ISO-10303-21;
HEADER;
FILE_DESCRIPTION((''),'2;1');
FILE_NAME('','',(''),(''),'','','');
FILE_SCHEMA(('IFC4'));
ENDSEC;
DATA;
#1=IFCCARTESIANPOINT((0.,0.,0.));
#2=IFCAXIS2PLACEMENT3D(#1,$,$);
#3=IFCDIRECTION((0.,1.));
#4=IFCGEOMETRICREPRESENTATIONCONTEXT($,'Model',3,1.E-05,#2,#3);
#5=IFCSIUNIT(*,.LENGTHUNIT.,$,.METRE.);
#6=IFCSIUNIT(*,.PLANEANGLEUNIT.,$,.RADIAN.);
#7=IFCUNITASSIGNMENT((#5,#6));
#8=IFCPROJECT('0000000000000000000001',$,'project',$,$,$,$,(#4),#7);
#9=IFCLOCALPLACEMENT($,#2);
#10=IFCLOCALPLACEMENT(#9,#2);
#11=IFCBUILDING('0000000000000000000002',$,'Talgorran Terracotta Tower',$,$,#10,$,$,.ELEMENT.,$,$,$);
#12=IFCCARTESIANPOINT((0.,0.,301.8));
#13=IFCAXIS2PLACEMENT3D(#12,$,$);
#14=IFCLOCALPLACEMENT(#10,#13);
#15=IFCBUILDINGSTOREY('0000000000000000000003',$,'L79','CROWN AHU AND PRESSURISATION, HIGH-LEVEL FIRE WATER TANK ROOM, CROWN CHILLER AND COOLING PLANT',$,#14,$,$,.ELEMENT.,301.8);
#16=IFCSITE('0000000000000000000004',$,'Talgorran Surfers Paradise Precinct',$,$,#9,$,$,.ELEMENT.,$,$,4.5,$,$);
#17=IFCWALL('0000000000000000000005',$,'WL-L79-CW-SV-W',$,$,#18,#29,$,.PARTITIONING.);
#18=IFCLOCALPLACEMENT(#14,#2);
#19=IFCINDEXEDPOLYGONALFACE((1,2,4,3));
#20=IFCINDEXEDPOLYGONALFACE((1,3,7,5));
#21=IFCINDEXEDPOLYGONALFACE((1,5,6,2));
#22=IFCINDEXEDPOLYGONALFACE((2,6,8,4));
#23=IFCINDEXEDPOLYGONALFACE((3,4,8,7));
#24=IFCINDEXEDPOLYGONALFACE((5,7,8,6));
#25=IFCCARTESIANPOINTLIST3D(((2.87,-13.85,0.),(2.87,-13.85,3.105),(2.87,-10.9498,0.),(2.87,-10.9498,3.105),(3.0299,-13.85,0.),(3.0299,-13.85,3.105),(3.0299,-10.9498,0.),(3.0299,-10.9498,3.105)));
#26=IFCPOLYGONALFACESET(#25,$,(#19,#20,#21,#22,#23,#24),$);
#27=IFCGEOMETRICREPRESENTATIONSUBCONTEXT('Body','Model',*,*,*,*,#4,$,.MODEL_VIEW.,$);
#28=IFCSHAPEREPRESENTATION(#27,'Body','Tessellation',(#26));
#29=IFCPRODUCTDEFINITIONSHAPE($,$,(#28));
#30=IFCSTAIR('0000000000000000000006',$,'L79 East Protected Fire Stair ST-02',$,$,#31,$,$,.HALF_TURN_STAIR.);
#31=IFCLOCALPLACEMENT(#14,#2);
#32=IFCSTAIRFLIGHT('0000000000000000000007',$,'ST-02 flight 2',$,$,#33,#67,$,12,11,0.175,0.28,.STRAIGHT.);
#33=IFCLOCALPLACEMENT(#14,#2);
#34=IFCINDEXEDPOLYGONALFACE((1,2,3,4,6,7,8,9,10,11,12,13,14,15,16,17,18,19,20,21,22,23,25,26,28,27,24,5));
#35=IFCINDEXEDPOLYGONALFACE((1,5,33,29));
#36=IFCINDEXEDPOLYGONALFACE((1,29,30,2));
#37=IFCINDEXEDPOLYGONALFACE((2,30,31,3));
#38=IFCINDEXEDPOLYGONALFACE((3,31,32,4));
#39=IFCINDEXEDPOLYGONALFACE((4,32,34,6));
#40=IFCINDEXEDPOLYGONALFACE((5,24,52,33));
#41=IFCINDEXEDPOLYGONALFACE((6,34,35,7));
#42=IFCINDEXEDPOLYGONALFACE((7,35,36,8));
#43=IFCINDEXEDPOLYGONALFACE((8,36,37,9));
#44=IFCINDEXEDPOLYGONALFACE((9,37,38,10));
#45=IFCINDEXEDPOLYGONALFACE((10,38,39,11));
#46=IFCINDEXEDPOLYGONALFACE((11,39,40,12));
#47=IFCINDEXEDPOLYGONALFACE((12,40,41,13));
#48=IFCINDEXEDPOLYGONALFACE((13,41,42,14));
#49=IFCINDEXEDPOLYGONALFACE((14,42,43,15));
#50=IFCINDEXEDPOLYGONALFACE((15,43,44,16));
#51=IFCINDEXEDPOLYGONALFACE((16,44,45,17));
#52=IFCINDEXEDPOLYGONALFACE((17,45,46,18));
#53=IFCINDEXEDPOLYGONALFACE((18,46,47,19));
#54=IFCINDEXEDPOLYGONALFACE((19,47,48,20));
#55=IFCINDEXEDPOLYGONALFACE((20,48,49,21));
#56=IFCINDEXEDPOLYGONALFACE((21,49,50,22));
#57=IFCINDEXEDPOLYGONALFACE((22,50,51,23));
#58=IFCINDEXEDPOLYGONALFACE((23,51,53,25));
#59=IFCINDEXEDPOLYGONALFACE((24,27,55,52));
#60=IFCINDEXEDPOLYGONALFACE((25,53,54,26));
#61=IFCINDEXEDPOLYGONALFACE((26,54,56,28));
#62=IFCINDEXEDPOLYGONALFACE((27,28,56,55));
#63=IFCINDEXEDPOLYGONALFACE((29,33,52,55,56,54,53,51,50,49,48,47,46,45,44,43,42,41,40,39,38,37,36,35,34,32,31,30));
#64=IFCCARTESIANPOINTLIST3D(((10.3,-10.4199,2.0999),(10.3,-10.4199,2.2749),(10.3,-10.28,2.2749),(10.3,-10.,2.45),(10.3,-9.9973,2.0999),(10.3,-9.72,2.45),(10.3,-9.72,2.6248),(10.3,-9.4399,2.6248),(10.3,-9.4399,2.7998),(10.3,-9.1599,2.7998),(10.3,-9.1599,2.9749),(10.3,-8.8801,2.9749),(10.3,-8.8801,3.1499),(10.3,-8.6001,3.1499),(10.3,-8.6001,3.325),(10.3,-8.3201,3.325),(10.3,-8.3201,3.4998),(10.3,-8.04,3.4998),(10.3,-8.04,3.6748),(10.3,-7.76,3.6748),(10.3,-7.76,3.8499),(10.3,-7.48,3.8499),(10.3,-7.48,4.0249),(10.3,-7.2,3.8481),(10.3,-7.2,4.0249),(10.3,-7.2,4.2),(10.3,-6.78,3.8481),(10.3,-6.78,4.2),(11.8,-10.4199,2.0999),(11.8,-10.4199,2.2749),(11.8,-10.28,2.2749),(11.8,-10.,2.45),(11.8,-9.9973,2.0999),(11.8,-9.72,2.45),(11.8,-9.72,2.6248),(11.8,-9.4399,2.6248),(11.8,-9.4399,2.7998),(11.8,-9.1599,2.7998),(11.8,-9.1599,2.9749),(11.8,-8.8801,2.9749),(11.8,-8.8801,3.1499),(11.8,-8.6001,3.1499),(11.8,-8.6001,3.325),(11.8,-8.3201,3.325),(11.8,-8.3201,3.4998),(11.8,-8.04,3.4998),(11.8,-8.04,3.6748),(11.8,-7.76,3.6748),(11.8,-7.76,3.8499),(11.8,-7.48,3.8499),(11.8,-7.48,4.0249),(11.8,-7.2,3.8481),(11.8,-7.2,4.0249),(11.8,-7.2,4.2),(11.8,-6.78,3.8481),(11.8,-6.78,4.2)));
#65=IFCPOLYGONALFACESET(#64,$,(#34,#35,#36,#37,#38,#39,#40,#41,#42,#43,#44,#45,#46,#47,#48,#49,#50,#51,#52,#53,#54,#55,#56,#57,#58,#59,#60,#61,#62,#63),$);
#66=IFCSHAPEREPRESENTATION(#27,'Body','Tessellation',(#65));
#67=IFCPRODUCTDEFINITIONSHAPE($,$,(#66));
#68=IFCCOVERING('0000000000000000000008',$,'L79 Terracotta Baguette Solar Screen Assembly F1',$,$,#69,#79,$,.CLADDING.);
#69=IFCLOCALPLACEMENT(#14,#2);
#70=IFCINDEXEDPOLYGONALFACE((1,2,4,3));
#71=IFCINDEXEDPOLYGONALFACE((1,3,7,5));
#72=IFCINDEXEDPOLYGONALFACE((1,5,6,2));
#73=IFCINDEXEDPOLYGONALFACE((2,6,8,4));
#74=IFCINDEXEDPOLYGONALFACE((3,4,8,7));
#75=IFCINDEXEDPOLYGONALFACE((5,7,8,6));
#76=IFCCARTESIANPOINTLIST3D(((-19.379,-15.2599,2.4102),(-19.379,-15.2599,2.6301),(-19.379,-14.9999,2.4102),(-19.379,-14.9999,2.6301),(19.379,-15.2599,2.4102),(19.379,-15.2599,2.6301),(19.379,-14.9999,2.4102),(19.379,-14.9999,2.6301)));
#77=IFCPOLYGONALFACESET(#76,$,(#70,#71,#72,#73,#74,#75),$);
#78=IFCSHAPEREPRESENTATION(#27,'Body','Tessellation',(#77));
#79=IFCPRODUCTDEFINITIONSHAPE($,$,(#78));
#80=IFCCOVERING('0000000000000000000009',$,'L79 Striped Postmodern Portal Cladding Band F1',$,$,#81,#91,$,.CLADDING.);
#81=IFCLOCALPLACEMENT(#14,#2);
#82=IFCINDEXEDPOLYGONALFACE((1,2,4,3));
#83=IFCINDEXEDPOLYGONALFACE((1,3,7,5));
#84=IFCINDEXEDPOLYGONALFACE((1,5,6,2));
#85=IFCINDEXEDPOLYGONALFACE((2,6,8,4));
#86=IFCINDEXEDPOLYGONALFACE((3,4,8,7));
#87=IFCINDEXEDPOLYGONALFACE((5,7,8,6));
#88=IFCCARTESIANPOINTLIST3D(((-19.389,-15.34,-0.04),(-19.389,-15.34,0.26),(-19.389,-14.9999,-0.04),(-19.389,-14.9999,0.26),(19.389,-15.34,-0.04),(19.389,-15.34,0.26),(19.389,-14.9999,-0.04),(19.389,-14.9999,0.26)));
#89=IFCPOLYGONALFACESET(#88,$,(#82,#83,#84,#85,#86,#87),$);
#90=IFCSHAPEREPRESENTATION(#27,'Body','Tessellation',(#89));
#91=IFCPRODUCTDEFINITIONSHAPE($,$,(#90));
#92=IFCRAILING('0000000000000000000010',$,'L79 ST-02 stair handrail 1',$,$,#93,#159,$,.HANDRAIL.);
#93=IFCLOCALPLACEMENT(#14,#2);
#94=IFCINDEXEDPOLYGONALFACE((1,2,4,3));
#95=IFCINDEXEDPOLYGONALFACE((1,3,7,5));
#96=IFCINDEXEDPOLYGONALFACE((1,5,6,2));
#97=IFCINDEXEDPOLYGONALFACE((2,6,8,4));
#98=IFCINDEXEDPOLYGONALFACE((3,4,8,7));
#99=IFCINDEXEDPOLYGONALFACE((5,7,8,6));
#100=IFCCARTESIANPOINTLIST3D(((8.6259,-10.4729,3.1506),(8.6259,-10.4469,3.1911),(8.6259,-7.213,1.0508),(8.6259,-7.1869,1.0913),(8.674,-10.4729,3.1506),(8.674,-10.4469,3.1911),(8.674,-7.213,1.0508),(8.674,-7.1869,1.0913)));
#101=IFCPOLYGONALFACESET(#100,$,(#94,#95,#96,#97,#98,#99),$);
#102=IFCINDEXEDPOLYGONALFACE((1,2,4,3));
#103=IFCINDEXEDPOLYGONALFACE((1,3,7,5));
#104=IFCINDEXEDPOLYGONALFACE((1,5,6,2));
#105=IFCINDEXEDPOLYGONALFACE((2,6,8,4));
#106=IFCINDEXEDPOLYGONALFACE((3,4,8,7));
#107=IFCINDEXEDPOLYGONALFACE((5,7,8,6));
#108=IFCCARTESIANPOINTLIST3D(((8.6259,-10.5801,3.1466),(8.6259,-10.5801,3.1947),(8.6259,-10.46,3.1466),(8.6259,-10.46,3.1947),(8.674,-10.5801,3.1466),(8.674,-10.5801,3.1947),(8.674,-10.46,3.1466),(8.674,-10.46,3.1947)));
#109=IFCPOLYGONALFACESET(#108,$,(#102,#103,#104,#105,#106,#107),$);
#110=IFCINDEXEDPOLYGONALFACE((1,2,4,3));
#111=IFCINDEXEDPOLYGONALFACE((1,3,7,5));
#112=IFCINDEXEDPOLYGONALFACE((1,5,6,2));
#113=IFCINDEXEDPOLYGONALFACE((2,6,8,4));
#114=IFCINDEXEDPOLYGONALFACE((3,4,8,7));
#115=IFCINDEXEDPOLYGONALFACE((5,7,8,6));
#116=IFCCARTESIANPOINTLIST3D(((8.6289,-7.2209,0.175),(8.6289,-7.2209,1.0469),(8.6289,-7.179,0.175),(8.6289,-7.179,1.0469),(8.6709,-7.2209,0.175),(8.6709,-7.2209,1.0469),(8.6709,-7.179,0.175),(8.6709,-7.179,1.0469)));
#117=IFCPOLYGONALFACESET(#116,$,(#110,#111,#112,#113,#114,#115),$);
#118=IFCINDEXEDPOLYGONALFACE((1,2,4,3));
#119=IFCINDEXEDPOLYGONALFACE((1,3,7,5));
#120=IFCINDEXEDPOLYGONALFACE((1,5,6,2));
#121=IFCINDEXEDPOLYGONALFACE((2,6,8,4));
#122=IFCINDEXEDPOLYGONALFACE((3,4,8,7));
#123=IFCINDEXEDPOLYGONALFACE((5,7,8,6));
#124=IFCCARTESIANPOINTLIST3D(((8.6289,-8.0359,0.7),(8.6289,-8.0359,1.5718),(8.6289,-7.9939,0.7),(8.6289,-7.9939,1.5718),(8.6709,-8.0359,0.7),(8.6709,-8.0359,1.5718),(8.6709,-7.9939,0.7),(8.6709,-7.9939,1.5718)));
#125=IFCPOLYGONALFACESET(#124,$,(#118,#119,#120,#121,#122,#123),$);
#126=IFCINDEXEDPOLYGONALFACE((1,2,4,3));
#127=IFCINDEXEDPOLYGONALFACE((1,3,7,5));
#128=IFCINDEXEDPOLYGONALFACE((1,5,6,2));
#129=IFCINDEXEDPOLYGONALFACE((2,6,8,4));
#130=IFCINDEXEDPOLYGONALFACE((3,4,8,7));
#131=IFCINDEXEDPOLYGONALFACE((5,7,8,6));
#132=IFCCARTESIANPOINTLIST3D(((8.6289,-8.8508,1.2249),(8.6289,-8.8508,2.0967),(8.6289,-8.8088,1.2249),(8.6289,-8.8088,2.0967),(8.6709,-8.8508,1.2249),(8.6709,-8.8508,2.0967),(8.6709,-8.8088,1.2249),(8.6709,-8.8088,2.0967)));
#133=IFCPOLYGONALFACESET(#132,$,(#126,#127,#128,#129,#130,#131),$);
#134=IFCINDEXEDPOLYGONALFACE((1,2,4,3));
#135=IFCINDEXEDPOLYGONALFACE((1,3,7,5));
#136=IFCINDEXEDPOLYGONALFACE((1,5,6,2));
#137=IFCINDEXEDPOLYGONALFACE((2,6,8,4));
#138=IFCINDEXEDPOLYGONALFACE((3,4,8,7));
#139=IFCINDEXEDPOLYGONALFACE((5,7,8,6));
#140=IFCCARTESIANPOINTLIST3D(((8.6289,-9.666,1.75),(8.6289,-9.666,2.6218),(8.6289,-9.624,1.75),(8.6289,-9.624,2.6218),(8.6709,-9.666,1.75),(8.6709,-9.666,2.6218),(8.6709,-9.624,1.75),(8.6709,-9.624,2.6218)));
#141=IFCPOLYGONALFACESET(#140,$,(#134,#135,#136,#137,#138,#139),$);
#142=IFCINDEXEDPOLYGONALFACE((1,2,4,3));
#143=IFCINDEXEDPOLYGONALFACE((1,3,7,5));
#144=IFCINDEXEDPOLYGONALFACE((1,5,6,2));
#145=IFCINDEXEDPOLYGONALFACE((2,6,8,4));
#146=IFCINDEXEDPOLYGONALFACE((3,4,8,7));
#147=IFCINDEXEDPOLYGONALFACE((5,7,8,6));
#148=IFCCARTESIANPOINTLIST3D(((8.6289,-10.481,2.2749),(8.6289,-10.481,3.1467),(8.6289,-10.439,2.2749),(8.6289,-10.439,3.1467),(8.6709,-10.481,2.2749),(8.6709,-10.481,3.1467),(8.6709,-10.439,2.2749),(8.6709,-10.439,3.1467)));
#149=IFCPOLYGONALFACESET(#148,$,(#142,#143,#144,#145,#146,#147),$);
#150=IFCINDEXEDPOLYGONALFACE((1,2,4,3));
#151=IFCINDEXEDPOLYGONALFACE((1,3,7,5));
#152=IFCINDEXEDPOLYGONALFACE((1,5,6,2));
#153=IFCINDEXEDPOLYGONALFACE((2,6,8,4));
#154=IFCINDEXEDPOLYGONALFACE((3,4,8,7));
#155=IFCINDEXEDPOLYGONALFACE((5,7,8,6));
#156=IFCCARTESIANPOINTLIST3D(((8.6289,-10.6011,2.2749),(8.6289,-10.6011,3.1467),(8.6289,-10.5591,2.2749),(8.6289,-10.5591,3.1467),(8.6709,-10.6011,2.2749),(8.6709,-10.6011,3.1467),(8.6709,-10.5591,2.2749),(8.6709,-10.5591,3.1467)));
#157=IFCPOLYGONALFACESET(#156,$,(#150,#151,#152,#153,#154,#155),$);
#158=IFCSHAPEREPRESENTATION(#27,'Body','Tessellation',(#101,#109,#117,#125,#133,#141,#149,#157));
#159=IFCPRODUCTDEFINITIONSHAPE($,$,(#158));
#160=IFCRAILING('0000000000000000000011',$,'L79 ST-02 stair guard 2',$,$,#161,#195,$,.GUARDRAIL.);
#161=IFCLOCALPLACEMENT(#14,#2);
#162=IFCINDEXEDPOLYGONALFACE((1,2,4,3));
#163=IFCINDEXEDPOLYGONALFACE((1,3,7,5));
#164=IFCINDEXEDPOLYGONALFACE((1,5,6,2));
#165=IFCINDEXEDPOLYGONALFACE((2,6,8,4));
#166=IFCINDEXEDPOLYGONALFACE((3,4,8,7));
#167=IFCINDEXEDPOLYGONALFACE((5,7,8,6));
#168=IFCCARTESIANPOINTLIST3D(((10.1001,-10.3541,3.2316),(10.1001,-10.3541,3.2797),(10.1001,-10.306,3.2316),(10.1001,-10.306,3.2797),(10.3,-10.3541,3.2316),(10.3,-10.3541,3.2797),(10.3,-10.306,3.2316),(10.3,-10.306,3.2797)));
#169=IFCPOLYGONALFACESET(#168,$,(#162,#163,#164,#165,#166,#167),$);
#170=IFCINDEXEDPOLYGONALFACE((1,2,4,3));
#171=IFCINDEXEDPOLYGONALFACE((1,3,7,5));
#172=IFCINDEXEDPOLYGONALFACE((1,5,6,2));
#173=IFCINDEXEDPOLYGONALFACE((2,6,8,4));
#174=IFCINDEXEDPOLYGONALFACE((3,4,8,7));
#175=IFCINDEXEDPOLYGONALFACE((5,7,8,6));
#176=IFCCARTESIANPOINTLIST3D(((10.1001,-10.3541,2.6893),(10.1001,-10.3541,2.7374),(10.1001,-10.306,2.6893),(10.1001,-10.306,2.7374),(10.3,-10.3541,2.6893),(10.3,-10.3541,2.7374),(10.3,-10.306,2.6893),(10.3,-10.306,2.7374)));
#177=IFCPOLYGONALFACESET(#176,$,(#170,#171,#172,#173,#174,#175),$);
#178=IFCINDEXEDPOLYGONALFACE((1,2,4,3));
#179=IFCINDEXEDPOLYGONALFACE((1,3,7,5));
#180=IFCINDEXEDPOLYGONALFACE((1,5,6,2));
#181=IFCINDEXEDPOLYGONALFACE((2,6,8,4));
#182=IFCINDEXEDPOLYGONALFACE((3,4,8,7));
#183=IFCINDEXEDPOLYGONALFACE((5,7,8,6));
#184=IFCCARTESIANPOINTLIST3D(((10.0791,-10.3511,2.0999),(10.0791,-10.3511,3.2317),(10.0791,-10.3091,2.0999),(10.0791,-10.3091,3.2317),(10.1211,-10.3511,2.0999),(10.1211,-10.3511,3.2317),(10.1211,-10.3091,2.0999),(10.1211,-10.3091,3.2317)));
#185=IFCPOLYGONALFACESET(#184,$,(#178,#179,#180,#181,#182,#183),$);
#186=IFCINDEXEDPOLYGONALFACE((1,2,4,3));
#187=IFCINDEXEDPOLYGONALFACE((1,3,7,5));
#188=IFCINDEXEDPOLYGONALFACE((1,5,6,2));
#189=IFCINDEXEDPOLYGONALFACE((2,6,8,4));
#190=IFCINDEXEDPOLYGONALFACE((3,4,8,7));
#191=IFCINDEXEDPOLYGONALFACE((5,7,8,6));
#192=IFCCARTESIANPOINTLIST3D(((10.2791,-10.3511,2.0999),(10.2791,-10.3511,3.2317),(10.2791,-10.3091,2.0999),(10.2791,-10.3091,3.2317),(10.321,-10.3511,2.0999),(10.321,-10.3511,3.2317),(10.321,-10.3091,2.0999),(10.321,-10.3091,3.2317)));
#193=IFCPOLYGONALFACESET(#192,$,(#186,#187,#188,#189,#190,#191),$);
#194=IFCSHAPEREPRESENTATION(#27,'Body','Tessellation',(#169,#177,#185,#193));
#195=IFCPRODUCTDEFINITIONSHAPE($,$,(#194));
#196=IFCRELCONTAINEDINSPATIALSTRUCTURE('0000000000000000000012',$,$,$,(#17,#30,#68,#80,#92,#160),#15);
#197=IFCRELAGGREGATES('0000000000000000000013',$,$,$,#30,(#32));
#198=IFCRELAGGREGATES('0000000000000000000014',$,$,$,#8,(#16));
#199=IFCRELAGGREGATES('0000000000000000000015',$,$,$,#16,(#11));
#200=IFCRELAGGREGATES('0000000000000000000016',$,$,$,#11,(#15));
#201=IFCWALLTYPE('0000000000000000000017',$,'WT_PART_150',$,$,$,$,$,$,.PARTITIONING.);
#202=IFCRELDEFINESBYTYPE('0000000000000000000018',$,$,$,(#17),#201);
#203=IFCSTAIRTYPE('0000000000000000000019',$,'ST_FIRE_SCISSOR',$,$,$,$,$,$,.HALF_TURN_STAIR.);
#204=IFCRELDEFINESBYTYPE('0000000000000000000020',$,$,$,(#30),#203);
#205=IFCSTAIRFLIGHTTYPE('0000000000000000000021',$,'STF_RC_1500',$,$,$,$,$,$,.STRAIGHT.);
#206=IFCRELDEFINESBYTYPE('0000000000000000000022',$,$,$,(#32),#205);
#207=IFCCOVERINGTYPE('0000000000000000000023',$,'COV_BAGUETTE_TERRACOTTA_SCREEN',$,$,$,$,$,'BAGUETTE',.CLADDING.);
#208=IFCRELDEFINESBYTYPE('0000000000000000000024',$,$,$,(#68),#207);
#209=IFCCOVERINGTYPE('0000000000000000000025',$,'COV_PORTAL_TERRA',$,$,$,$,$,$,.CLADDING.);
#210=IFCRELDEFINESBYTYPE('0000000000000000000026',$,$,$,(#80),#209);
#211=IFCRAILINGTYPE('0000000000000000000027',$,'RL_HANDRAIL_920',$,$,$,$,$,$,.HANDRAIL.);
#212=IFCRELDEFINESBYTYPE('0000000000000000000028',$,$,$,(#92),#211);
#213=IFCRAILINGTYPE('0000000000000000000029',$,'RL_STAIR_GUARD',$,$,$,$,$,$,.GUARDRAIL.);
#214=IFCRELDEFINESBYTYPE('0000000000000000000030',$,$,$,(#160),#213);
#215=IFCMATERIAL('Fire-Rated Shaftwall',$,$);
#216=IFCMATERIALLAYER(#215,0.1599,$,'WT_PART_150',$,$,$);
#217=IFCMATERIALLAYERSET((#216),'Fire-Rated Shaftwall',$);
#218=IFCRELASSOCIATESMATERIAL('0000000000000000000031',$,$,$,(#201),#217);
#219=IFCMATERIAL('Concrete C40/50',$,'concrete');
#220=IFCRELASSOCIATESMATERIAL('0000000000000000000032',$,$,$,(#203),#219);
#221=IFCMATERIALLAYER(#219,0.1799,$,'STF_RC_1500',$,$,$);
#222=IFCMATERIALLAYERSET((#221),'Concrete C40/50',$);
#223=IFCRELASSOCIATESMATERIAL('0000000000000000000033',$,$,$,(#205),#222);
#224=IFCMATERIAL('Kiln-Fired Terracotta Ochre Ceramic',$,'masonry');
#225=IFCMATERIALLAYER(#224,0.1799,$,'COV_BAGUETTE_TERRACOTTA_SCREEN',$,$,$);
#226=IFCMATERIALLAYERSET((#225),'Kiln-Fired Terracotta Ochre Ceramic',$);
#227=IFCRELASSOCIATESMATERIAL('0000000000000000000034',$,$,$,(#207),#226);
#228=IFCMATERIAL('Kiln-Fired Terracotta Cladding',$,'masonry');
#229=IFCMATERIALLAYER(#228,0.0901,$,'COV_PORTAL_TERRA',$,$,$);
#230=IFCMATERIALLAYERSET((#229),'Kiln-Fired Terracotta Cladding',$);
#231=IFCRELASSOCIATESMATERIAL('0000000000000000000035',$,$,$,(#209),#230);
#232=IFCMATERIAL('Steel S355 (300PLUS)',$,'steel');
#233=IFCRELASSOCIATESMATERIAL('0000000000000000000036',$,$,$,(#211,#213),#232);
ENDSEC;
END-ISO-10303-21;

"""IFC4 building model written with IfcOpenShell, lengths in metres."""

from ifc_helpers import new_model, si_unit, direction, frame, frame_2d, origin, origin_2d, place, context, subcontext, project, spatial, polyline, rectangle, outline, extrude, material, layer, layer_set, type_object, element, aggregate, save


model = new_model("IFC4")

# Units and contexts
model_context = context("Model", 3, precision=1e-05, world=origin(), true_north=direction((0.0, 1.0)))
body_context = subcontext(model_context, "Body", "Model", "MODEL_VIEW")
ifc_project = project(units=[si_unit("LENGTHUNIT", "METRE"), si_unit("PLANEANGLEUNIT", "RADIAN")], contexts=[model_context])

# Site, building, storey
site_placement = place(None, origin())
site = spatial("IfcSite", under=ifc_project, at=site_placement, Name="Talgorran Surfers Paradise Precinct", CompositionType="ELEMENT", RefElevation=4.5)
building_placement = place(site_placement, origin())
building = spatial("IfcBuilding", under=site, at=building_placement, Name="Talgorran Terracotta Tower", CompositionType="ELEMENT")
storey_placement = place(building_placement, frame((0.0, 0.0, 301.8)))
storey = spatial("IfcBuildingStorey", under=building, at=storey_placement, Name="L79", Description="CROWN AHU AND PRESSURISATION, HIGH-LEVEL FIRE WATER TANK ROOM, CROWN CHILLER AND COOLING PLANT", CompositionType="ELEMENT", Elevation=301.8)

# Shared definitions
ifc_material_1 = material(Name="Steel S355 (300PLUS)", Category="steel")

# Wall
ifc_material_2 = material(Name="Fire-Rated Shaftwall")
ifc_layer_1 = layer(ifc_material_2, 0.1599, Name="WT_PART_150")
ifc_layer_set_1 = layer_set([ifc_layer_1], Name="Fire-Rated Shaftwall")
wall_type_1 = type_object("IfcWallType", Name="WT_PART_150", PredefinedType="PARTITIONING", material=ifc_layer_set_1)
for number, where, z_axis, x_axis, name in (
    (1, (2.95, -13.8501, 0.0), (0.0, 0.0, 1.0), (0.0, 1.0, 0.0), "WL-L79-CW-SV-W"),
):
    element("IfcWall", number, at=place(storey_placement, frame(where, z_axis=z_axis, x_axis=x_axis)), inside=storey, type_object=wall_type_1, Name=name, PredefinedType="PARTITIONING", context=body_context, shape_type="SweptSolid", body=[
        extrude(rectangle(XDim=2.9001, YDim=0.1599, at=frame_2d((1.4502, 0.0))), origin(), (0.0, 0.0, 1.0), 3.105),
    ])

# Stair, stair flight
ifc_material_3 = material(Name="Concrete C40/50", Category="concrete")
stair_type = type_object("IfcStairType", Name="ST_FIRE_SCISSOR", PredefinedType="HALF_TURN_STAIR", material=ifc_material_3)
stair_placement = place(storey_placement, origin())
stair = element("IfcStair", 2, at=stair_placement, inside=storey, type_object=stair_type, Name="L79 East Protected Fire Stair ST-02", PredefinedType="HALF_TURN_STAIR")
ifc_layer_2 = layer(ifc_material_3, 0.1799, Name="STF_RC_1500")
ifc_layer_set_2 = layer_set([ifc_layer_2], Name="Concrete C40/50")
stair_flight_type = type_object("IfcStairFlightType", Name="STF_RC_1500", PredefinedType="STRAIGHT", material=ifc_layer_set_2)
stair_flight_placement = place(storey_placement, frame((11.05, -10.28, 2.0999), z_axis=(0.0, 0.0, 1.0), x_axis=(0.0, 1.0, 0.0)))
stair_flight = element("IfcStairFlight", 3, at=stair_flight_placement, type_object=stair_flight_type, Name="ST-02 flight 2", NumberOfRisers=12, NumberOfTreads=11, PredefinedType="STRAIGHT", RiserHeight=0.175, TreadLength=0.28, context=body_context, shape_type="SweptSolid", body=[
    extrude(outline(polyline([(-0.1399, 0.0), (-0.1399, 0.175), (0.0, 0.175), (0.28, 0.3501), (0.5601, 0.3501), (0.5601, 0.5249), (0.8401, 0.5249), (0.8401, 0.7), (1.1201, 0.7), (1.1201, 0.875), (1.3999, 0.875), (1.3999, 1.05), (1.6799, 1.05), (1.6799, 1.2251), (1.96, 1.2251), (1.96, 1.3999), (2.24, 1.3999), (2.24, 1.575), (2.52, 1.575), (2.52, 1.75), (2.8, 1.75), (2.8, 1.925), (3.0801, 1.925), (3.0801, 2.1001), (3.5, 2.1001), (3.5, 1.7483), (3.0801, 1.7483), (0.2827, 0.0), (-0.1399, 0.0)])), frame((0.0, 0.75, 0.0), z_axis=(0.0, -1.0, 0.0), x_axis=(1.0, 0.0, 0.0)), (0.0, 0.0, 1.0), 1.5),
])
aggregate(stair, [stair_flight])

# Coverings
ifc_material_4 = material(Name="Kiln-Fired Terracotta Ochre Ceramic", Category="masonry")
ifc_layer_3 = layer(ifc_material_4, 0.1799, Name="COV_BAGUETTE_TERRACOTTA_SCREEN")
ifc_layer_set_3 = layer_set([ifc_layer_3], Name="Kiln-Fired Terracotta Ochre Ceramic")
covering_type_1 = type_object("IfcCoveringType", Name="COV_BAGUETTE_TERRACOTTA_SCREEN", ElementType="BAGUETTE", PredefinedType="CLADDING", material=ifc_layer_set_3)
covering_1_placement = place(storey_placement, frame((0.0, -15.1299, 2.4102), z_axis=(0.0, 0.0, 1.0), x_axis=(1.0, 0.0, 0.0)))
element("IfcCovering", 4, at=covering_1_placement, inside=storey, type_object=covering_type_1, Name="L79 Terracotta Baguette Solar Screen Assembly F1", PredefinedType="CLADDING", context=body_context, shape_type="SweptSolid", body=[
    extrude(rectangle(XDim=38.7581, YDim=0.26, at=origin_2d()), origin(), (0.0, 0.0, 1.0), 0.22),
])
ifc_material_5 = material(Name="Kiln-Fired Terracotta Cladding", Category="masonry")
ifc_layer_4 = layer(ifc_material_5, 0.0901, Name="COV_PORTAL_TERRA")
ifc_layer_set_4 = layer_set([ifc_layer_4], Name="Kiln-Fired Terracotta Cladding")
covering_type_2 = type_object("IfcCoveringType", Name="COV_PORTAL_TERRA", PredefinedType="CLADDING", material=ifc_layer_set_4)
covering_2_placement = place(storey_placement, frame((0.0, -15.1699, -0.04), z_axis=(0.0, 0.0, 1.0), x_axis=(1.0, 0.0, 0.0)))
element("IfcCovering", 5, at=covering_2_placement, inside=storey, type_object=covering_type_2, Name="L79 Striped Postmodern Portal Cladding Band F1", PredefinedType="CLADDING", context=body_context, shape_type="SweptSolid", body=[
    extrude(rectangle(XDim=38.7781, YDim=0.3401, at=origin_2d()), origin(), (0.0, 0.0, 1.0), 0.3),
])

# Railings
railing_type_1 = type_object("IfcRailingType", Name="RL_HANDRAIL_920", PredefinedType="HANDRAIL", material=ifc_material_1)
railing_1_placement = place(storey_placement, frame((8.6499, -7.2, 0.175)))
element("IfcRailing", 6, at=railing_1_placement, inside=storey, type_object=railing_type_1, Name="L79 ST-02 stair handrail 1", PredefinedType="HANDRAIL", context=body_context, shape_type="SweptSolid", body=[
    extrude(rectangle(XDim=0.0481, YDim=0.0481, at=origin_2d()), frame((0.0, 0.0, 0.896), z_axis=(0.0, -0.840693, 0.541512), x_axis=(1.0, 0.0, 0.0)), (0.0, 0.0, 1.0), 3.8777),
    extrude(rectangle(XDim=0.0481, YDim=0.0481, at=origin_2d()), frame((0.0, -3.26, 2.9956), z_axis=(0.0, -1.0, 0.0), x_axis=(1.0, 0.0, 0.0)), (0.0, 0.0, 1.0), 0.1201),
    extrude(rectangle(XDim=0.042, YDim=0.042, at=origin_2d()), origin(), (0.0, 0.0, 1.0), 0.8718),
    extrude(rectangle(XDim=0.042, YDim=0.042, at=origin_2d()), frame((0.0, -0.8149, 0.5249)), (0.0, 0.0, 1.0), 0.8718),
    extrude(rectangle(XDim=0.042, YDim=0.042, at=origin_2d()), frame((0.0, -1.6299, 1.0498)), (0.0, 0.0, 1.0), 0.8718),
    extrude(rectangle(XDim=0.042, YDim=0.042, at=origin_2d()), frame((0.0, -2.4451, 1.575)), (0.0, 0.0, 1.0), 0.8718),
    extrude(rectangle(XDim=0.042, YDim=0.042, at=origin_2d()), frame((0.0, -3.26, 2.0999)), (0.0, 0.0, 1.0), 0.8718),
    extrude(rectangle(XDim=0.042, YDim=0.042, at=origin_2d()), frame((0.0, -3.3801, 2.0999)), (0.0, 0.0, 1.0), 0.8718),
])
railing_type_2 = type_object("IfcRailingType", Name="RL_STAIR_GUARD", PredefinedType="GUARDRAIL", material=ifc_material_1)
railing_2_placement = place(storey_placement, frame((10.1001, -10.3301, 2.0999)))
element("IfcRailing", 7, at=railing_2_placement, inside=storey, type_object=railing_type_2, Name="L79 ST-02 stair guard 2", PredefinedType="GUARDRAIL", context=body_context, shape_type="SweptSolid", body=[
    extrude(rectangle(XDim=0.0481, YDim=0.0481, at=origin_2d()), frame((0.0, 0.0, 1.1558), z_axis=(1.0, 0.0, 0.0), x_axis=(0.0, 1.0, 0.0)), (0.0, 0.0, 1.0), 0.2),
    extrude(rectangle(XDim=0.0481, YDim=0.0481, at=origin_2d()), frame((0.0, 0.0, 0.6135), z_axis=(1.0, 0.0, 0.0), x_axis=(0.0, 1.0, 0.0)), (0.0, 0.0, 1.0), 0.2),
    extrude(rectangle(XDim=0.042, YDim=0.042, at=origin_2d()), origin(), (0.0, 0.0, 1.0), 1.1318),
    extrude(rectangle(XDim=0.042, YDim=0.042, at=origin_2d()), frame((0.2, 0.0, 0.0)), (0.0, 0.0, 1.0), 1.1318),
])

save(model, "model.ifc")
